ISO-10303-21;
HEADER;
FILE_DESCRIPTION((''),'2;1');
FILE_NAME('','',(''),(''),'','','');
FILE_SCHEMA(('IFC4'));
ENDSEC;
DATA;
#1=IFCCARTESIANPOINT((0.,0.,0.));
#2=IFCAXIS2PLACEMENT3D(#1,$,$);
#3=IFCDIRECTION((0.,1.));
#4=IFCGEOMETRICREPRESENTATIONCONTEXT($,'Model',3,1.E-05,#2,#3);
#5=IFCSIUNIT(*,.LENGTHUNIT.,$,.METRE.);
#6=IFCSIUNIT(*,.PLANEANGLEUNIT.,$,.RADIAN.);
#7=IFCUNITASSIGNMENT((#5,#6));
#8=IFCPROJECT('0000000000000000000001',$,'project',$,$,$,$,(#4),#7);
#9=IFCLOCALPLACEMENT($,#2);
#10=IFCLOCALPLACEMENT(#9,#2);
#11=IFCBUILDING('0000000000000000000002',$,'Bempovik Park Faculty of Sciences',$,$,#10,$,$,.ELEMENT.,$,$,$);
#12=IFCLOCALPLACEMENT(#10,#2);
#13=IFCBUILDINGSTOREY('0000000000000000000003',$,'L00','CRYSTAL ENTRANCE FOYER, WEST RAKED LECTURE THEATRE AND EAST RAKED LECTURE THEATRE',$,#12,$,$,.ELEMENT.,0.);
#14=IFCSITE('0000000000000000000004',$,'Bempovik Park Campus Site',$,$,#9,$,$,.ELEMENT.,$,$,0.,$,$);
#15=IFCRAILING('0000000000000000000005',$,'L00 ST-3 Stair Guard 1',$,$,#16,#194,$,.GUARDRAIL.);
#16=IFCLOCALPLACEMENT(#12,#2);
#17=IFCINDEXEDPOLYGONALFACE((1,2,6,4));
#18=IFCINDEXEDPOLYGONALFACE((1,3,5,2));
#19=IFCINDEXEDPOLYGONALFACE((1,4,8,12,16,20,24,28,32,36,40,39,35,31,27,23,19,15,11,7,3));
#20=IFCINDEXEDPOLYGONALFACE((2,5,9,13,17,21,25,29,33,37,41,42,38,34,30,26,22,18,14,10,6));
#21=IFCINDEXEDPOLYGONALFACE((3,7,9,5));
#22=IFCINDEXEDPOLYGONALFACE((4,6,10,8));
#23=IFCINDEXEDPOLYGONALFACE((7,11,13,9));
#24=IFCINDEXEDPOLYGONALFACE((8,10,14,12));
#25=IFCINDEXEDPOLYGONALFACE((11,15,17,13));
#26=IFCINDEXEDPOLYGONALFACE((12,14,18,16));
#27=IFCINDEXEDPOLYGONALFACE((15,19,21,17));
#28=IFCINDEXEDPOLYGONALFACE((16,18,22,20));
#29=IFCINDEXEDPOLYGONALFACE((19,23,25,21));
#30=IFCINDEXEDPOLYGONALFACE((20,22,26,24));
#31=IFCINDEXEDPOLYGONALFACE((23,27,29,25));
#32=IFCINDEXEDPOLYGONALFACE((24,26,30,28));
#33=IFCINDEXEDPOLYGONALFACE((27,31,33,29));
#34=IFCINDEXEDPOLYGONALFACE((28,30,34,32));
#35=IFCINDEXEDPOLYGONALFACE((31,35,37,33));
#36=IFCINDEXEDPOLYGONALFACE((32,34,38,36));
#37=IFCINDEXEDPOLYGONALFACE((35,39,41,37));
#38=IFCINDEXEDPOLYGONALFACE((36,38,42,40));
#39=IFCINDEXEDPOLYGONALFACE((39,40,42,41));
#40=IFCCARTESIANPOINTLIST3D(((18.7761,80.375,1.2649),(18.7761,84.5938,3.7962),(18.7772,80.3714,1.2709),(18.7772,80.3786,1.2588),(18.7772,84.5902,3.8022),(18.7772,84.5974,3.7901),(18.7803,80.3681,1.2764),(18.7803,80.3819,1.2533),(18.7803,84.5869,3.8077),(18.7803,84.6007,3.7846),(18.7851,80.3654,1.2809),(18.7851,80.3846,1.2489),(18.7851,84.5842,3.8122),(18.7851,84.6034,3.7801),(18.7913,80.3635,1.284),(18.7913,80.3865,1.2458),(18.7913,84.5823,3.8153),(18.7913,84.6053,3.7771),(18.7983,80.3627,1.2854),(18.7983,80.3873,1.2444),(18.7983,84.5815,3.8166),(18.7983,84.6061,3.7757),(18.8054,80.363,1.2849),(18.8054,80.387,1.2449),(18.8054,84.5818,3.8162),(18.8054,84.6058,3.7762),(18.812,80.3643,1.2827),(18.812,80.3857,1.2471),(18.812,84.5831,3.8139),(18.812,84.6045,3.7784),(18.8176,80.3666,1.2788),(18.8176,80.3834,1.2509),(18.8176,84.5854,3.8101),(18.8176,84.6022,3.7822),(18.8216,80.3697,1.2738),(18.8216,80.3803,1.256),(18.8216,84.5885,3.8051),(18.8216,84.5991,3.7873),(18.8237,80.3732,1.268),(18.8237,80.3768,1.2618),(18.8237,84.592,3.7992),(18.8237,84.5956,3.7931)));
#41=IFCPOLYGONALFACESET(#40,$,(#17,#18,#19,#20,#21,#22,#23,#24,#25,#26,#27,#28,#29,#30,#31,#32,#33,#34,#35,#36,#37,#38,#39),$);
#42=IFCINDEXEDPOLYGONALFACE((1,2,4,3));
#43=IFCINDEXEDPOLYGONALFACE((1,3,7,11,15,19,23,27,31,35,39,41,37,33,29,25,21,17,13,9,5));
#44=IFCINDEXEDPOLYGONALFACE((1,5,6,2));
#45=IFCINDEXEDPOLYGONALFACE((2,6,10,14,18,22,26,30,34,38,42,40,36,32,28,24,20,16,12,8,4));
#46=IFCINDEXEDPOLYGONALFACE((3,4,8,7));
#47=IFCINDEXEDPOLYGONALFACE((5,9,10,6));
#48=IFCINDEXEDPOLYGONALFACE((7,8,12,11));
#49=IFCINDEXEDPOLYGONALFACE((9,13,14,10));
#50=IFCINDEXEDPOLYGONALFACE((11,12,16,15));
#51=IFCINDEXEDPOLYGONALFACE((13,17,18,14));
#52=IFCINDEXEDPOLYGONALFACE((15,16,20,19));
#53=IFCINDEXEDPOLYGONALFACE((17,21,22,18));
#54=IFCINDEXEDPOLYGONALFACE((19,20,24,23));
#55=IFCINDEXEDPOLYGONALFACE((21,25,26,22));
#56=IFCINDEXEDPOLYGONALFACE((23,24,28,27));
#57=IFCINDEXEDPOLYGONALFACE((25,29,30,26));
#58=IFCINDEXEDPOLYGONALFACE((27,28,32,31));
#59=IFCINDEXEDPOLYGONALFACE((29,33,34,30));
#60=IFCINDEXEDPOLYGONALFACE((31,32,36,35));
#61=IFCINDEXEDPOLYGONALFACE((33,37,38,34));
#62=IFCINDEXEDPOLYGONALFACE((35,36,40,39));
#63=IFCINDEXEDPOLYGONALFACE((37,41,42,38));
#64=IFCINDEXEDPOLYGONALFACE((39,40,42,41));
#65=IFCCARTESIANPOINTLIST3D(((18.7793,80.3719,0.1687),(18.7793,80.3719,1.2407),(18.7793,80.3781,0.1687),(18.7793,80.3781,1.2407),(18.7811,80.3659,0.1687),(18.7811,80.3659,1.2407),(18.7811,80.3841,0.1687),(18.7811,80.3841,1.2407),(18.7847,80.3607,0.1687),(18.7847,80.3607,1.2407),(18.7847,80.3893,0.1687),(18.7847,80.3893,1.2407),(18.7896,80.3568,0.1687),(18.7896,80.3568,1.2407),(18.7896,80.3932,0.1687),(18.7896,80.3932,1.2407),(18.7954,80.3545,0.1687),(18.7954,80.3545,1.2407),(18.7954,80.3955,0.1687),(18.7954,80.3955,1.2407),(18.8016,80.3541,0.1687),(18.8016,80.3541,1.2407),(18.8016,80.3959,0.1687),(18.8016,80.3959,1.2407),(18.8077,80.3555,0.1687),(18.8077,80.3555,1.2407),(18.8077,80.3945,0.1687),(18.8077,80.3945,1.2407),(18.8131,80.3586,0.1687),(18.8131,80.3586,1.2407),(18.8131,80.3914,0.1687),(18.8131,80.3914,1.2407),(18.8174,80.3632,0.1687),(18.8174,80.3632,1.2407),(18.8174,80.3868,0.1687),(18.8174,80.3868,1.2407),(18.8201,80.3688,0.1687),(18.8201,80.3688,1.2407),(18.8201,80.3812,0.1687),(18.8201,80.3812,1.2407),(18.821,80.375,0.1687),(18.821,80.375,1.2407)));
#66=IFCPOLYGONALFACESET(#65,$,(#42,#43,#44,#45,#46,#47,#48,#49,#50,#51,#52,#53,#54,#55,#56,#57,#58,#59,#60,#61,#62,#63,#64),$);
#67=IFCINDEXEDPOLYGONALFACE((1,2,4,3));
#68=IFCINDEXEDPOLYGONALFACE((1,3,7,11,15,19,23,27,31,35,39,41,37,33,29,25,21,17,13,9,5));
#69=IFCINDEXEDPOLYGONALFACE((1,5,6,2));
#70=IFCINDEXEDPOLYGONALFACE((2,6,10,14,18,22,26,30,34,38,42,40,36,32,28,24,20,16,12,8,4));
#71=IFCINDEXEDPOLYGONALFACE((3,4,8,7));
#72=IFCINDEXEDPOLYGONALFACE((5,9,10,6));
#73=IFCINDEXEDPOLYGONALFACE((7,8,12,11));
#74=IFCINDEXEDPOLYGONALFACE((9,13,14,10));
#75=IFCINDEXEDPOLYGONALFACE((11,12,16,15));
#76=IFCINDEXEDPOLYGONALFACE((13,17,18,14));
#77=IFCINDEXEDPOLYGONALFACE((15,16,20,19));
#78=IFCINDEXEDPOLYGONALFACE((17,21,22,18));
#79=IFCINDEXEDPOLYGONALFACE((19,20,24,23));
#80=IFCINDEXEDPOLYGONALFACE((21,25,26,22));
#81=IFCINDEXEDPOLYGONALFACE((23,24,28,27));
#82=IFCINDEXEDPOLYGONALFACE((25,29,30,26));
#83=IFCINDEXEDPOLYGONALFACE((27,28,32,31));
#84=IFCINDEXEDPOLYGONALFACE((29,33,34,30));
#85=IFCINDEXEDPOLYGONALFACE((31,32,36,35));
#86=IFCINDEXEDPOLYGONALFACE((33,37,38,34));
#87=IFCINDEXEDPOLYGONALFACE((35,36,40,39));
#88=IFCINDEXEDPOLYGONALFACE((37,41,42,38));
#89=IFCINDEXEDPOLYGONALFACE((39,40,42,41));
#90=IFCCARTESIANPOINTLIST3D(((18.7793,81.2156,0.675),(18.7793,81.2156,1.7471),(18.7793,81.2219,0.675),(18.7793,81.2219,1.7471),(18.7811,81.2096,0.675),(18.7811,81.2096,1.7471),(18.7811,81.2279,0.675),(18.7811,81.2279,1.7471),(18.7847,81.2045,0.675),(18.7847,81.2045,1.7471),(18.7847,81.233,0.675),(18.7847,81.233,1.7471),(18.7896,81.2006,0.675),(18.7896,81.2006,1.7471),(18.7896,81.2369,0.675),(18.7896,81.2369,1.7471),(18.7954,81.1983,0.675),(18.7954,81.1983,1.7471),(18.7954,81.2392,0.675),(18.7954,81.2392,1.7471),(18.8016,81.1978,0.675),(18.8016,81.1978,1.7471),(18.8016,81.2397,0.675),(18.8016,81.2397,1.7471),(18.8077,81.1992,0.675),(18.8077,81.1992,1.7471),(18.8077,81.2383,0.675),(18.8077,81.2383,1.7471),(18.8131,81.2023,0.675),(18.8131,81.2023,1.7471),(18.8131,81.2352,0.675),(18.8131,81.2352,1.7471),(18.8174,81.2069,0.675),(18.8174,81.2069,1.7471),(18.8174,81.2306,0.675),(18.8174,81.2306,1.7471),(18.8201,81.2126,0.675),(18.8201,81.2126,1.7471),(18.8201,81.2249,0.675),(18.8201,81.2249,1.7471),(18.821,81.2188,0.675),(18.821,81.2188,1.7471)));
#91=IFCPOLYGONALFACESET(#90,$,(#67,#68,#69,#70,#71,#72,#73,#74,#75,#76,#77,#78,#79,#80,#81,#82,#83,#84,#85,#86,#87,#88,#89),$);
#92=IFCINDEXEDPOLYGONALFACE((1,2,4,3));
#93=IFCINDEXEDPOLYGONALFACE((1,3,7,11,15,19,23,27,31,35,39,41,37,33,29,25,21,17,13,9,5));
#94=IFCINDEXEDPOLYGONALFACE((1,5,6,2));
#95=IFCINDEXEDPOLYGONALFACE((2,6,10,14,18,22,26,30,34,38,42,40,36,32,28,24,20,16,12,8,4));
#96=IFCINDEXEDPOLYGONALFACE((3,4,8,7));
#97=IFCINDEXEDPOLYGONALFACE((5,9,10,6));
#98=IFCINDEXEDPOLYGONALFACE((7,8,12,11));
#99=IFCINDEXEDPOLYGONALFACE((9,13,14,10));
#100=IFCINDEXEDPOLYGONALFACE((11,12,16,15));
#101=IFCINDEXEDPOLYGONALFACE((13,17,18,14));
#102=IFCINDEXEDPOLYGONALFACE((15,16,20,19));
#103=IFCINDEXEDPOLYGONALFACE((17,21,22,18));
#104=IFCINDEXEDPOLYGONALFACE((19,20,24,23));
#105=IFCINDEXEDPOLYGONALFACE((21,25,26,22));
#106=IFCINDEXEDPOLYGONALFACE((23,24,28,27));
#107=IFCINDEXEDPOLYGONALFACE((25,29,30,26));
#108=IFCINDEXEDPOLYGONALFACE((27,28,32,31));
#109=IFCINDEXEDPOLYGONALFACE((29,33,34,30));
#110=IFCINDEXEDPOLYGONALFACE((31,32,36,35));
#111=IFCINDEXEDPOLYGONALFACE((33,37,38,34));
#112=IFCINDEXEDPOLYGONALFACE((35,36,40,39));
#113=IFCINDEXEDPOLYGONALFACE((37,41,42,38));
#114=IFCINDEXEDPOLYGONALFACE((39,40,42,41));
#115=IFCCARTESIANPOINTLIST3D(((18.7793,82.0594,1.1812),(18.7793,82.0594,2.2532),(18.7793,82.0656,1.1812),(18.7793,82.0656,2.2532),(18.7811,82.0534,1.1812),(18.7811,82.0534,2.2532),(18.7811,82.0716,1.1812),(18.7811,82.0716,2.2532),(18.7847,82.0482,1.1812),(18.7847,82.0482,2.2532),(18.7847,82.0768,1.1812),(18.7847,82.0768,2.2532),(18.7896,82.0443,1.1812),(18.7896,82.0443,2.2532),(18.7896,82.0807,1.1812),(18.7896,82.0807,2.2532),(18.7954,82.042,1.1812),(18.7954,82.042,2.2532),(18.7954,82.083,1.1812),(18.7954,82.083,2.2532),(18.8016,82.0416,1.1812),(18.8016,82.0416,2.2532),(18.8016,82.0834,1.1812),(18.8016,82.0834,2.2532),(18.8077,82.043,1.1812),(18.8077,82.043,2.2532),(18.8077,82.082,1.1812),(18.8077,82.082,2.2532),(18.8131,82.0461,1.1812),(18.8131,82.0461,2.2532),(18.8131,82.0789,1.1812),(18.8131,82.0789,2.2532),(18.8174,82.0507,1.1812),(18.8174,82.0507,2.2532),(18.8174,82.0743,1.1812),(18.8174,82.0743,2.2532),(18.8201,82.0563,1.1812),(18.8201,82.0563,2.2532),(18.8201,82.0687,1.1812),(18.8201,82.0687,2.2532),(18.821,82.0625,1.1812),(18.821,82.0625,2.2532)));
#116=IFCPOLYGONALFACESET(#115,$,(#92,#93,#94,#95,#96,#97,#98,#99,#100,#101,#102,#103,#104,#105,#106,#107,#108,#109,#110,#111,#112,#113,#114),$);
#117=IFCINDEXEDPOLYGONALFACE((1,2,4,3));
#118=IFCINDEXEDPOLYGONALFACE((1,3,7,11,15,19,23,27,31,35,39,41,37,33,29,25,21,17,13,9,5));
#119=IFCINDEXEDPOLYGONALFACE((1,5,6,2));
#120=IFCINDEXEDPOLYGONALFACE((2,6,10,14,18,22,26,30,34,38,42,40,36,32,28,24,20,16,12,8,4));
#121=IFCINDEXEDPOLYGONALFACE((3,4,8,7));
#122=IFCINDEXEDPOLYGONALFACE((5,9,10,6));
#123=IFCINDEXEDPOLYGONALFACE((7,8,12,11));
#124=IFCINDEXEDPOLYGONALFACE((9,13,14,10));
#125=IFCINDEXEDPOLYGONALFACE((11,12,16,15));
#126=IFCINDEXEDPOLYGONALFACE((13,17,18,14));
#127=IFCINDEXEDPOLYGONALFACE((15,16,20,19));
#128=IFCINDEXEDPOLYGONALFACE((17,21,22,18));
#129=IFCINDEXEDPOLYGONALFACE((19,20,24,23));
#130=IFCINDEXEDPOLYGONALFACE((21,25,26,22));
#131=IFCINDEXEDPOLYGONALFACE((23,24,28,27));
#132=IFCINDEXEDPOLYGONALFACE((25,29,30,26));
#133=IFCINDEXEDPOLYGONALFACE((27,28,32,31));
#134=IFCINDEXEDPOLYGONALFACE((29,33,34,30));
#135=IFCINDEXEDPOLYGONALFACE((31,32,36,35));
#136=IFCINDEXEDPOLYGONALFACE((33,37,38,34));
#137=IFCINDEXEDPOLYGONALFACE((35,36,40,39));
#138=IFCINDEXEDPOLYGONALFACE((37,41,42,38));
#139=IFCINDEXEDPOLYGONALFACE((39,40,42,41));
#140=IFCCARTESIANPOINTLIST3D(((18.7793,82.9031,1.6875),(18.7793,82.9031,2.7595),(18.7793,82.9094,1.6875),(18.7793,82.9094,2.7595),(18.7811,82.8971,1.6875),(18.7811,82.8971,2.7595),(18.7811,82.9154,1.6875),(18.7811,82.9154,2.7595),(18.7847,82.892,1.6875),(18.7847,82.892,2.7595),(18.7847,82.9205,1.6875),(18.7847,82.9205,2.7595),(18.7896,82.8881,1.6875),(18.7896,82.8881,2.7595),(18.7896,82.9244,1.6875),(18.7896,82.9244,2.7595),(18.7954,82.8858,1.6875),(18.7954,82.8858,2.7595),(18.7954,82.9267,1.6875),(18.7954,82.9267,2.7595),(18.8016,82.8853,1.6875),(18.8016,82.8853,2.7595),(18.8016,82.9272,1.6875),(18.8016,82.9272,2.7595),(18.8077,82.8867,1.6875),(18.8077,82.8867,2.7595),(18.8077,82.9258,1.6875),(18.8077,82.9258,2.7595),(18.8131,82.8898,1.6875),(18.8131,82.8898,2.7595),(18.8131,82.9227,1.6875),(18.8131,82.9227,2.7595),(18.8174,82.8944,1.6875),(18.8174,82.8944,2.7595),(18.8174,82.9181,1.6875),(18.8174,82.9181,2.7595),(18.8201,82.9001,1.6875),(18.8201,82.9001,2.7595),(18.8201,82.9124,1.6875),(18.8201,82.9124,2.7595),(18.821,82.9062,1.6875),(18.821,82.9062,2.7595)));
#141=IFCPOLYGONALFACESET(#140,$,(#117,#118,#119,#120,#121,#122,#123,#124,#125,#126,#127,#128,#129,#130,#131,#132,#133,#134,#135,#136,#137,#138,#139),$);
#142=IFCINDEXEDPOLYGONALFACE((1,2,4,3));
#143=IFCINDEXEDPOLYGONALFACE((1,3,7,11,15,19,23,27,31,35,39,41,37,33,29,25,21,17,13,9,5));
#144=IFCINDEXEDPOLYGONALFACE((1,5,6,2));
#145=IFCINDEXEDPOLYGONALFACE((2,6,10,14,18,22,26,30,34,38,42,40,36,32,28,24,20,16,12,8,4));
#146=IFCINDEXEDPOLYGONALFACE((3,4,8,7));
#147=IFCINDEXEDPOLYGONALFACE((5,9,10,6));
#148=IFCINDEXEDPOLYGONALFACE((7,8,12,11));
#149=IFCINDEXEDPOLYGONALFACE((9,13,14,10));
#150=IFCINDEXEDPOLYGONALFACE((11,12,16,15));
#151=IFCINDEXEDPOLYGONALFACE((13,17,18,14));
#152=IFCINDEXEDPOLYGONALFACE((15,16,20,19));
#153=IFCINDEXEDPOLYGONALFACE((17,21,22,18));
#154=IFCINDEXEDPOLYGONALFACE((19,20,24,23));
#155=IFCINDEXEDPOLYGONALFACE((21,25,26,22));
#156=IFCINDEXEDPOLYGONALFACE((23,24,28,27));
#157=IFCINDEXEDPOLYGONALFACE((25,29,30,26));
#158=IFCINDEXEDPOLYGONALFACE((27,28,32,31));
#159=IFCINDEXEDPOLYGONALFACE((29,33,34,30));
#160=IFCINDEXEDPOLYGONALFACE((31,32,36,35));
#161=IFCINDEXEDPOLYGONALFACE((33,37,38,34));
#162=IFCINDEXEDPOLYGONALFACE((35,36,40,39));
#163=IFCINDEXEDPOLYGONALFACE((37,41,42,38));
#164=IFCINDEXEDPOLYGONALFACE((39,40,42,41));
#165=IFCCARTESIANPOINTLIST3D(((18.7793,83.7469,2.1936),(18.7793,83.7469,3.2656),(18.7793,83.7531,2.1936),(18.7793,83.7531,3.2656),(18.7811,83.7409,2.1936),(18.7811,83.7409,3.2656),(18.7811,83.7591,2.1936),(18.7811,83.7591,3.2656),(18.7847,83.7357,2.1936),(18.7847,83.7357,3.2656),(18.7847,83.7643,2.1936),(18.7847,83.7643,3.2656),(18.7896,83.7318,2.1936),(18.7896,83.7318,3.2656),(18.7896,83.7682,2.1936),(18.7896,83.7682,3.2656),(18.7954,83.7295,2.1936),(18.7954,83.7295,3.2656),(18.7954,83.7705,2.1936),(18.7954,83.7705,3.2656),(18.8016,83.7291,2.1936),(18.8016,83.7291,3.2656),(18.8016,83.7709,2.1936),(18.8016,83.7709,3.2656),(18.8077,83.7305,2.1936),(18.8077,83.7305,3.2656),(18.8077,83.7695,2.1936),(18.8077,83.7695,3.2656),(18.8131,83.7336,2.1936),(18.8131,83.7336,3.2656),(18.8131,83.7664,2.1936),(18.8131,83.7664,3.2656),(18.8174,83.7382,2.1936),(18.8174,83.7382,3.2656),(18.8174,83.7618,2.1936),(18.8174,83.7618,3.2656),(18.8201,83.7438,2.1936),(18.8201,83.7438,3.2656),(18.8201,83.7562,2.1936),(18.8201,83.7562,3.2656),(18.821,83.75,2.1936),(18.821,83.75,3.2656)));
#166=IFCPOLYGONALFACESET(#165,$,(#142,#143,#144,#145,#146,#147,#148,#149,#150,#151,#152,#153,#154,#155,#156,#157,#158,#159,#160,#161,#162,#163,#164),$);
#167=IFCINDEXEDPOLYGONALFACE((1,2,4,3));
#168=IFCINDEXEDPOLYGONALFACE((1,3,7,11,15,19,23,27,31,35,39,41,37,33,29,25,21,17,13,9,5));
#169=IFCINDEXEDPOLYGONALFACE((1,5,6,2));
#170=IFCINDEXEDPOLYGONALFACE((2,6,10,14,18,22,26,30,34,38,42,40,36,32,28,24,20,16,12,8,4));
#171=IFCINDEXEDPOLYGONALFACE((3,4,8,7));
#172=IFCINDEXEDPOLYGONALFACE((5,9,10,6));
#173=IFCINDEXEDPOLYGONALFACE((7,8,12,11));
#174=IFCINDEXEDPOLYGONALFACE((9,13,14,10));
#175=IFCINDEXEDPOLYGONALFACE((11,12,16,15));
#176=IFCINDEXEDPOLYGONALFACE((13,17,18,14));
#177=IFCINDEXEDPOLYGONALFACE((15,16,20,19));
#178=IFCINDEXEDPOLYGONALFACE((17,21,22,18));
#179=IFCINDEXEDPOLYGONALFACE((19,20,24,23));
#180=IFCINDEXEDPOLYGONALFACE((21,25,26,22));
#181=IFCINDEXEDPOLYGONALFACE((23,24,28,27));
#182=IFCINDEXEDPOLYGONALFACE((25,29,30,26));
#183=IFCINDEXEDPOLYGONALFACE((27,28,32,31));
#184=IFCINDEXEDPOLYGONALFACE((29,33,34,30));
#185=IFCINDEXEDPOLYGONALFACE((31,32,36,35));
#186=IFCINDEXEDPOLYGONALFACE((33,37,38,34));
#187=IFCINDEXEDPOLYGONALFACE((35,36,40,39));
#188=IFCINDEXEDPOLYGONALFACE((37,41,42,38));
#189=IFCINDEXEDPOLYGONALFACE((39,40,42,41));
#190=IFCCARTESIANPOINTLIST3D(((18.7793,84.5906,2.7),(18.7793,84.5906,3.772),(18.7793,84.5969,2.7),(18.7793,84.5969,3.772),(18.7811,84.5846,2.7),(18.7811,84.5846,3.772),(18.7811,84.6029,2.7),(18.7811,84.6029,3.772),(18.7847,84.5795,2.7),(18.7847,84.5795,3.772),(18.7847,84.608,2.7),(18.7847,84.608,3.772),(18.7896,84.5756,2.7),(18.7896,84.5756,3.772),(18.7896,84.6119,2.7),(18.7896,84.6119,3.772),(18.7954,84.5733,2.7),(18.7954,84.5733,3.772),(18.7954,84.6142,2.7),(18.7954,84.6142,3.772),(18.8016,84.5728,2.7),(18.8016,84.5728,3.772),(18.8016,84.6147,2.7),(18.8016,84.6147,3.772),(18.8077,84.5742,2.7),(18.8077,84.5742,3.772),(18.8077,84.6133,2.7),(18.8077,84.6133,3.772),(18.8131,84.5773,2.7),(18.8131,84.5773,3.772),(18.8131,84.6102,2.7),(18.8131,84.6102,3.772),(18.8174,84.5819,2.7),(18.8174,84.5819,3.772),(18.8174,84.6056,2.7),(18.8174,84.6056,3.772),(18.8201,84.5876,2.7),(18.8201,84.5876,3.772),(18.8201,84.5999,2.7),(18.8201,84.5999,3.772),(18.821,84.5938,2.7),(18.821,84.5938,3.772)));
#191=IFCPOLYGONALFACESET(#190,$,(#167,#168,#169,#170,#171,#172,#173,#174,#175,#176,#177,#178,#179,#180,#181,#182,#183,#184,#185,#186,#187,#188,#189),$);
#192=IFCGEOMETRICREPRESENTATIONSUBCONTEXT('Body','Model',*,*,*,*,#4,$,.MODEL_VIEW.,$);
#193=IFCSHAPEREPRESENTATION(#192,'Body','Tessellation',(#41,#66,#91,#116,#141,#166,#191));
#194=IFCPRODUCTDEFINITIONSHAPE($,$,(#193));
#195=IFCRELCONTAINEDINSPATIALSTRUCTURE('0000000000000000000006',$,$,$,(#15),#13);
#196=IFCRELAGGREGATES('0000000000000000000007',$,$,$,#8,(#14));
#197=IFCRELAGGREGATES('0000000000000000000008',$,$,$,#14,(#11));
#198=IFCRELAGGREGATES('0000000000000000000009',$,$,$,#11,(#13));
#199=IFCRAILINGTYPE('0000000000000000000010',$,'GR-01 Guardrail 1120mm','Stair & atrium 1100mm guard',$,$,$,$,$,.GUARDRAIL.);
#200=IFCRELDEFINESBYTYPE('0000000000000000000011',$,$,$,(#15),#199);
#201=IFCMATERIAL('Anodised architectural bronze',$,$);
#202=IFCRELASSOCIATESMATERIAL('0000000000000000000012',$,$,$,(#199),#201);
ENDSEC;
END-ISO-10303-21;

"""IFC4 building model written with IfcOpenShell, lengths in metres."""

from ifc_helpers import new_model, si_unit, direction, frame, origin, origin_2d, place, context, subcontext, project, spatial, circle, extrude, material, type_object, element, save


model = new_model("IFC4")

# Units and contexts
model_context = context("Model", 3, precision=1e-05, world=origin(), true_north=direction((0.0, 1.0)))
body_context = subcontext(model_context, "Body", "Model", "MODEL_VIEW")
ifc_project = project(units=[si_unit("LENGTHUNIT", "METRE"), si_unit("PLANEANGLEUNIT", "RADIAN")], contexts=[model_context])

# Site, building, storey
site_placement = place(None, origin())
site = spatial("IfcSite", under=ifc_project, at=site_placement, Name="Bempovik Park Campus Site", CompositionType="ELEMENT", RefElevation=0.0)
building_placement = place(site_placement, origin())
building = spatial("IfcBuilding", under=site, at=building_placement, Name="Bempovik Park Faculty of Sciences", CompositionType="ELEMENT")
storey_placement = place(building_placement, origin())
storey = spatial("IfcBuildingStorey", under=building, at=storey_placement, Name="L00", Description="CRYSTAL ENTRANCE FOYER, WEST RAKED LECTURE THEATRE AND EAST RAKED LECTURE THEATRE", CompositionType="ELEMENT", Elevation=0.0)

# Railing
ifc_material_1 = material(Name="Anodised architectural bronze")
railing_type_1 = type_object("IfcRailingType", Name="GR-01 Guardrail 1120mm", Description="Stair & atrium 1100mm guard", PredefinedType="GUARDRAIL", material=ifc_material_1)
railing_1_placement = place(storey_placement, frame((18.8, 80.375, 0.1687)))
element("IfcRailing", 1, at=railing_1_placement, inside=storey, type_object=railing_type_1, Name="L00 ST-3 Stair Guard 1", PredefinedType="GUARDRAIL", context=body_context, shape_type="SweptSolid", body=[
    extrude(circle(Radius=0.0239, at=origin_2d()), frame((0.0, 0.0, 1.0962), z_axis=(0.0, 0.857493, 0.514496), x_axis=(-1.0, 0.0, 0.0)), (0.0, 0.0, 1.0), 4.9199),
    extrude(circle(Radius=0.021, at=origin_2d()), origin(), (0.0, 0.0, 1.0), 1.072),
    extrude(circle(Radius=0.021, at=origin_2d()), frame((0.0, 0.8438, 0.5063)), (0.0, 0.0, 1.0), 1.072),
    extrude(circle(Radius=0.021, at=origin_2d()), frame((0.0, 1.6875, 1.0125)), (0.0, 0.0, 1.0), 1.072),
    extrude(circle(Radius=0.021, at=origin_2d()), frame((0.0, 2.5312, 1.5188)), (0.0, 0.0, 1.0), 1.072),
    extrude(circle(Radius=0.021, at=origin_2d()), frame((0.0, 3.375, 2.0249)), (0.0, 0.0, 1.0), 1.072),
    extrude(circle(Radius=0.021, at=origin_2d()), frame((0.0, 4.2188, 2.5312)), (0.0, 0.0, 1.0), 1.072),
])

save(model, "model.ifc")
